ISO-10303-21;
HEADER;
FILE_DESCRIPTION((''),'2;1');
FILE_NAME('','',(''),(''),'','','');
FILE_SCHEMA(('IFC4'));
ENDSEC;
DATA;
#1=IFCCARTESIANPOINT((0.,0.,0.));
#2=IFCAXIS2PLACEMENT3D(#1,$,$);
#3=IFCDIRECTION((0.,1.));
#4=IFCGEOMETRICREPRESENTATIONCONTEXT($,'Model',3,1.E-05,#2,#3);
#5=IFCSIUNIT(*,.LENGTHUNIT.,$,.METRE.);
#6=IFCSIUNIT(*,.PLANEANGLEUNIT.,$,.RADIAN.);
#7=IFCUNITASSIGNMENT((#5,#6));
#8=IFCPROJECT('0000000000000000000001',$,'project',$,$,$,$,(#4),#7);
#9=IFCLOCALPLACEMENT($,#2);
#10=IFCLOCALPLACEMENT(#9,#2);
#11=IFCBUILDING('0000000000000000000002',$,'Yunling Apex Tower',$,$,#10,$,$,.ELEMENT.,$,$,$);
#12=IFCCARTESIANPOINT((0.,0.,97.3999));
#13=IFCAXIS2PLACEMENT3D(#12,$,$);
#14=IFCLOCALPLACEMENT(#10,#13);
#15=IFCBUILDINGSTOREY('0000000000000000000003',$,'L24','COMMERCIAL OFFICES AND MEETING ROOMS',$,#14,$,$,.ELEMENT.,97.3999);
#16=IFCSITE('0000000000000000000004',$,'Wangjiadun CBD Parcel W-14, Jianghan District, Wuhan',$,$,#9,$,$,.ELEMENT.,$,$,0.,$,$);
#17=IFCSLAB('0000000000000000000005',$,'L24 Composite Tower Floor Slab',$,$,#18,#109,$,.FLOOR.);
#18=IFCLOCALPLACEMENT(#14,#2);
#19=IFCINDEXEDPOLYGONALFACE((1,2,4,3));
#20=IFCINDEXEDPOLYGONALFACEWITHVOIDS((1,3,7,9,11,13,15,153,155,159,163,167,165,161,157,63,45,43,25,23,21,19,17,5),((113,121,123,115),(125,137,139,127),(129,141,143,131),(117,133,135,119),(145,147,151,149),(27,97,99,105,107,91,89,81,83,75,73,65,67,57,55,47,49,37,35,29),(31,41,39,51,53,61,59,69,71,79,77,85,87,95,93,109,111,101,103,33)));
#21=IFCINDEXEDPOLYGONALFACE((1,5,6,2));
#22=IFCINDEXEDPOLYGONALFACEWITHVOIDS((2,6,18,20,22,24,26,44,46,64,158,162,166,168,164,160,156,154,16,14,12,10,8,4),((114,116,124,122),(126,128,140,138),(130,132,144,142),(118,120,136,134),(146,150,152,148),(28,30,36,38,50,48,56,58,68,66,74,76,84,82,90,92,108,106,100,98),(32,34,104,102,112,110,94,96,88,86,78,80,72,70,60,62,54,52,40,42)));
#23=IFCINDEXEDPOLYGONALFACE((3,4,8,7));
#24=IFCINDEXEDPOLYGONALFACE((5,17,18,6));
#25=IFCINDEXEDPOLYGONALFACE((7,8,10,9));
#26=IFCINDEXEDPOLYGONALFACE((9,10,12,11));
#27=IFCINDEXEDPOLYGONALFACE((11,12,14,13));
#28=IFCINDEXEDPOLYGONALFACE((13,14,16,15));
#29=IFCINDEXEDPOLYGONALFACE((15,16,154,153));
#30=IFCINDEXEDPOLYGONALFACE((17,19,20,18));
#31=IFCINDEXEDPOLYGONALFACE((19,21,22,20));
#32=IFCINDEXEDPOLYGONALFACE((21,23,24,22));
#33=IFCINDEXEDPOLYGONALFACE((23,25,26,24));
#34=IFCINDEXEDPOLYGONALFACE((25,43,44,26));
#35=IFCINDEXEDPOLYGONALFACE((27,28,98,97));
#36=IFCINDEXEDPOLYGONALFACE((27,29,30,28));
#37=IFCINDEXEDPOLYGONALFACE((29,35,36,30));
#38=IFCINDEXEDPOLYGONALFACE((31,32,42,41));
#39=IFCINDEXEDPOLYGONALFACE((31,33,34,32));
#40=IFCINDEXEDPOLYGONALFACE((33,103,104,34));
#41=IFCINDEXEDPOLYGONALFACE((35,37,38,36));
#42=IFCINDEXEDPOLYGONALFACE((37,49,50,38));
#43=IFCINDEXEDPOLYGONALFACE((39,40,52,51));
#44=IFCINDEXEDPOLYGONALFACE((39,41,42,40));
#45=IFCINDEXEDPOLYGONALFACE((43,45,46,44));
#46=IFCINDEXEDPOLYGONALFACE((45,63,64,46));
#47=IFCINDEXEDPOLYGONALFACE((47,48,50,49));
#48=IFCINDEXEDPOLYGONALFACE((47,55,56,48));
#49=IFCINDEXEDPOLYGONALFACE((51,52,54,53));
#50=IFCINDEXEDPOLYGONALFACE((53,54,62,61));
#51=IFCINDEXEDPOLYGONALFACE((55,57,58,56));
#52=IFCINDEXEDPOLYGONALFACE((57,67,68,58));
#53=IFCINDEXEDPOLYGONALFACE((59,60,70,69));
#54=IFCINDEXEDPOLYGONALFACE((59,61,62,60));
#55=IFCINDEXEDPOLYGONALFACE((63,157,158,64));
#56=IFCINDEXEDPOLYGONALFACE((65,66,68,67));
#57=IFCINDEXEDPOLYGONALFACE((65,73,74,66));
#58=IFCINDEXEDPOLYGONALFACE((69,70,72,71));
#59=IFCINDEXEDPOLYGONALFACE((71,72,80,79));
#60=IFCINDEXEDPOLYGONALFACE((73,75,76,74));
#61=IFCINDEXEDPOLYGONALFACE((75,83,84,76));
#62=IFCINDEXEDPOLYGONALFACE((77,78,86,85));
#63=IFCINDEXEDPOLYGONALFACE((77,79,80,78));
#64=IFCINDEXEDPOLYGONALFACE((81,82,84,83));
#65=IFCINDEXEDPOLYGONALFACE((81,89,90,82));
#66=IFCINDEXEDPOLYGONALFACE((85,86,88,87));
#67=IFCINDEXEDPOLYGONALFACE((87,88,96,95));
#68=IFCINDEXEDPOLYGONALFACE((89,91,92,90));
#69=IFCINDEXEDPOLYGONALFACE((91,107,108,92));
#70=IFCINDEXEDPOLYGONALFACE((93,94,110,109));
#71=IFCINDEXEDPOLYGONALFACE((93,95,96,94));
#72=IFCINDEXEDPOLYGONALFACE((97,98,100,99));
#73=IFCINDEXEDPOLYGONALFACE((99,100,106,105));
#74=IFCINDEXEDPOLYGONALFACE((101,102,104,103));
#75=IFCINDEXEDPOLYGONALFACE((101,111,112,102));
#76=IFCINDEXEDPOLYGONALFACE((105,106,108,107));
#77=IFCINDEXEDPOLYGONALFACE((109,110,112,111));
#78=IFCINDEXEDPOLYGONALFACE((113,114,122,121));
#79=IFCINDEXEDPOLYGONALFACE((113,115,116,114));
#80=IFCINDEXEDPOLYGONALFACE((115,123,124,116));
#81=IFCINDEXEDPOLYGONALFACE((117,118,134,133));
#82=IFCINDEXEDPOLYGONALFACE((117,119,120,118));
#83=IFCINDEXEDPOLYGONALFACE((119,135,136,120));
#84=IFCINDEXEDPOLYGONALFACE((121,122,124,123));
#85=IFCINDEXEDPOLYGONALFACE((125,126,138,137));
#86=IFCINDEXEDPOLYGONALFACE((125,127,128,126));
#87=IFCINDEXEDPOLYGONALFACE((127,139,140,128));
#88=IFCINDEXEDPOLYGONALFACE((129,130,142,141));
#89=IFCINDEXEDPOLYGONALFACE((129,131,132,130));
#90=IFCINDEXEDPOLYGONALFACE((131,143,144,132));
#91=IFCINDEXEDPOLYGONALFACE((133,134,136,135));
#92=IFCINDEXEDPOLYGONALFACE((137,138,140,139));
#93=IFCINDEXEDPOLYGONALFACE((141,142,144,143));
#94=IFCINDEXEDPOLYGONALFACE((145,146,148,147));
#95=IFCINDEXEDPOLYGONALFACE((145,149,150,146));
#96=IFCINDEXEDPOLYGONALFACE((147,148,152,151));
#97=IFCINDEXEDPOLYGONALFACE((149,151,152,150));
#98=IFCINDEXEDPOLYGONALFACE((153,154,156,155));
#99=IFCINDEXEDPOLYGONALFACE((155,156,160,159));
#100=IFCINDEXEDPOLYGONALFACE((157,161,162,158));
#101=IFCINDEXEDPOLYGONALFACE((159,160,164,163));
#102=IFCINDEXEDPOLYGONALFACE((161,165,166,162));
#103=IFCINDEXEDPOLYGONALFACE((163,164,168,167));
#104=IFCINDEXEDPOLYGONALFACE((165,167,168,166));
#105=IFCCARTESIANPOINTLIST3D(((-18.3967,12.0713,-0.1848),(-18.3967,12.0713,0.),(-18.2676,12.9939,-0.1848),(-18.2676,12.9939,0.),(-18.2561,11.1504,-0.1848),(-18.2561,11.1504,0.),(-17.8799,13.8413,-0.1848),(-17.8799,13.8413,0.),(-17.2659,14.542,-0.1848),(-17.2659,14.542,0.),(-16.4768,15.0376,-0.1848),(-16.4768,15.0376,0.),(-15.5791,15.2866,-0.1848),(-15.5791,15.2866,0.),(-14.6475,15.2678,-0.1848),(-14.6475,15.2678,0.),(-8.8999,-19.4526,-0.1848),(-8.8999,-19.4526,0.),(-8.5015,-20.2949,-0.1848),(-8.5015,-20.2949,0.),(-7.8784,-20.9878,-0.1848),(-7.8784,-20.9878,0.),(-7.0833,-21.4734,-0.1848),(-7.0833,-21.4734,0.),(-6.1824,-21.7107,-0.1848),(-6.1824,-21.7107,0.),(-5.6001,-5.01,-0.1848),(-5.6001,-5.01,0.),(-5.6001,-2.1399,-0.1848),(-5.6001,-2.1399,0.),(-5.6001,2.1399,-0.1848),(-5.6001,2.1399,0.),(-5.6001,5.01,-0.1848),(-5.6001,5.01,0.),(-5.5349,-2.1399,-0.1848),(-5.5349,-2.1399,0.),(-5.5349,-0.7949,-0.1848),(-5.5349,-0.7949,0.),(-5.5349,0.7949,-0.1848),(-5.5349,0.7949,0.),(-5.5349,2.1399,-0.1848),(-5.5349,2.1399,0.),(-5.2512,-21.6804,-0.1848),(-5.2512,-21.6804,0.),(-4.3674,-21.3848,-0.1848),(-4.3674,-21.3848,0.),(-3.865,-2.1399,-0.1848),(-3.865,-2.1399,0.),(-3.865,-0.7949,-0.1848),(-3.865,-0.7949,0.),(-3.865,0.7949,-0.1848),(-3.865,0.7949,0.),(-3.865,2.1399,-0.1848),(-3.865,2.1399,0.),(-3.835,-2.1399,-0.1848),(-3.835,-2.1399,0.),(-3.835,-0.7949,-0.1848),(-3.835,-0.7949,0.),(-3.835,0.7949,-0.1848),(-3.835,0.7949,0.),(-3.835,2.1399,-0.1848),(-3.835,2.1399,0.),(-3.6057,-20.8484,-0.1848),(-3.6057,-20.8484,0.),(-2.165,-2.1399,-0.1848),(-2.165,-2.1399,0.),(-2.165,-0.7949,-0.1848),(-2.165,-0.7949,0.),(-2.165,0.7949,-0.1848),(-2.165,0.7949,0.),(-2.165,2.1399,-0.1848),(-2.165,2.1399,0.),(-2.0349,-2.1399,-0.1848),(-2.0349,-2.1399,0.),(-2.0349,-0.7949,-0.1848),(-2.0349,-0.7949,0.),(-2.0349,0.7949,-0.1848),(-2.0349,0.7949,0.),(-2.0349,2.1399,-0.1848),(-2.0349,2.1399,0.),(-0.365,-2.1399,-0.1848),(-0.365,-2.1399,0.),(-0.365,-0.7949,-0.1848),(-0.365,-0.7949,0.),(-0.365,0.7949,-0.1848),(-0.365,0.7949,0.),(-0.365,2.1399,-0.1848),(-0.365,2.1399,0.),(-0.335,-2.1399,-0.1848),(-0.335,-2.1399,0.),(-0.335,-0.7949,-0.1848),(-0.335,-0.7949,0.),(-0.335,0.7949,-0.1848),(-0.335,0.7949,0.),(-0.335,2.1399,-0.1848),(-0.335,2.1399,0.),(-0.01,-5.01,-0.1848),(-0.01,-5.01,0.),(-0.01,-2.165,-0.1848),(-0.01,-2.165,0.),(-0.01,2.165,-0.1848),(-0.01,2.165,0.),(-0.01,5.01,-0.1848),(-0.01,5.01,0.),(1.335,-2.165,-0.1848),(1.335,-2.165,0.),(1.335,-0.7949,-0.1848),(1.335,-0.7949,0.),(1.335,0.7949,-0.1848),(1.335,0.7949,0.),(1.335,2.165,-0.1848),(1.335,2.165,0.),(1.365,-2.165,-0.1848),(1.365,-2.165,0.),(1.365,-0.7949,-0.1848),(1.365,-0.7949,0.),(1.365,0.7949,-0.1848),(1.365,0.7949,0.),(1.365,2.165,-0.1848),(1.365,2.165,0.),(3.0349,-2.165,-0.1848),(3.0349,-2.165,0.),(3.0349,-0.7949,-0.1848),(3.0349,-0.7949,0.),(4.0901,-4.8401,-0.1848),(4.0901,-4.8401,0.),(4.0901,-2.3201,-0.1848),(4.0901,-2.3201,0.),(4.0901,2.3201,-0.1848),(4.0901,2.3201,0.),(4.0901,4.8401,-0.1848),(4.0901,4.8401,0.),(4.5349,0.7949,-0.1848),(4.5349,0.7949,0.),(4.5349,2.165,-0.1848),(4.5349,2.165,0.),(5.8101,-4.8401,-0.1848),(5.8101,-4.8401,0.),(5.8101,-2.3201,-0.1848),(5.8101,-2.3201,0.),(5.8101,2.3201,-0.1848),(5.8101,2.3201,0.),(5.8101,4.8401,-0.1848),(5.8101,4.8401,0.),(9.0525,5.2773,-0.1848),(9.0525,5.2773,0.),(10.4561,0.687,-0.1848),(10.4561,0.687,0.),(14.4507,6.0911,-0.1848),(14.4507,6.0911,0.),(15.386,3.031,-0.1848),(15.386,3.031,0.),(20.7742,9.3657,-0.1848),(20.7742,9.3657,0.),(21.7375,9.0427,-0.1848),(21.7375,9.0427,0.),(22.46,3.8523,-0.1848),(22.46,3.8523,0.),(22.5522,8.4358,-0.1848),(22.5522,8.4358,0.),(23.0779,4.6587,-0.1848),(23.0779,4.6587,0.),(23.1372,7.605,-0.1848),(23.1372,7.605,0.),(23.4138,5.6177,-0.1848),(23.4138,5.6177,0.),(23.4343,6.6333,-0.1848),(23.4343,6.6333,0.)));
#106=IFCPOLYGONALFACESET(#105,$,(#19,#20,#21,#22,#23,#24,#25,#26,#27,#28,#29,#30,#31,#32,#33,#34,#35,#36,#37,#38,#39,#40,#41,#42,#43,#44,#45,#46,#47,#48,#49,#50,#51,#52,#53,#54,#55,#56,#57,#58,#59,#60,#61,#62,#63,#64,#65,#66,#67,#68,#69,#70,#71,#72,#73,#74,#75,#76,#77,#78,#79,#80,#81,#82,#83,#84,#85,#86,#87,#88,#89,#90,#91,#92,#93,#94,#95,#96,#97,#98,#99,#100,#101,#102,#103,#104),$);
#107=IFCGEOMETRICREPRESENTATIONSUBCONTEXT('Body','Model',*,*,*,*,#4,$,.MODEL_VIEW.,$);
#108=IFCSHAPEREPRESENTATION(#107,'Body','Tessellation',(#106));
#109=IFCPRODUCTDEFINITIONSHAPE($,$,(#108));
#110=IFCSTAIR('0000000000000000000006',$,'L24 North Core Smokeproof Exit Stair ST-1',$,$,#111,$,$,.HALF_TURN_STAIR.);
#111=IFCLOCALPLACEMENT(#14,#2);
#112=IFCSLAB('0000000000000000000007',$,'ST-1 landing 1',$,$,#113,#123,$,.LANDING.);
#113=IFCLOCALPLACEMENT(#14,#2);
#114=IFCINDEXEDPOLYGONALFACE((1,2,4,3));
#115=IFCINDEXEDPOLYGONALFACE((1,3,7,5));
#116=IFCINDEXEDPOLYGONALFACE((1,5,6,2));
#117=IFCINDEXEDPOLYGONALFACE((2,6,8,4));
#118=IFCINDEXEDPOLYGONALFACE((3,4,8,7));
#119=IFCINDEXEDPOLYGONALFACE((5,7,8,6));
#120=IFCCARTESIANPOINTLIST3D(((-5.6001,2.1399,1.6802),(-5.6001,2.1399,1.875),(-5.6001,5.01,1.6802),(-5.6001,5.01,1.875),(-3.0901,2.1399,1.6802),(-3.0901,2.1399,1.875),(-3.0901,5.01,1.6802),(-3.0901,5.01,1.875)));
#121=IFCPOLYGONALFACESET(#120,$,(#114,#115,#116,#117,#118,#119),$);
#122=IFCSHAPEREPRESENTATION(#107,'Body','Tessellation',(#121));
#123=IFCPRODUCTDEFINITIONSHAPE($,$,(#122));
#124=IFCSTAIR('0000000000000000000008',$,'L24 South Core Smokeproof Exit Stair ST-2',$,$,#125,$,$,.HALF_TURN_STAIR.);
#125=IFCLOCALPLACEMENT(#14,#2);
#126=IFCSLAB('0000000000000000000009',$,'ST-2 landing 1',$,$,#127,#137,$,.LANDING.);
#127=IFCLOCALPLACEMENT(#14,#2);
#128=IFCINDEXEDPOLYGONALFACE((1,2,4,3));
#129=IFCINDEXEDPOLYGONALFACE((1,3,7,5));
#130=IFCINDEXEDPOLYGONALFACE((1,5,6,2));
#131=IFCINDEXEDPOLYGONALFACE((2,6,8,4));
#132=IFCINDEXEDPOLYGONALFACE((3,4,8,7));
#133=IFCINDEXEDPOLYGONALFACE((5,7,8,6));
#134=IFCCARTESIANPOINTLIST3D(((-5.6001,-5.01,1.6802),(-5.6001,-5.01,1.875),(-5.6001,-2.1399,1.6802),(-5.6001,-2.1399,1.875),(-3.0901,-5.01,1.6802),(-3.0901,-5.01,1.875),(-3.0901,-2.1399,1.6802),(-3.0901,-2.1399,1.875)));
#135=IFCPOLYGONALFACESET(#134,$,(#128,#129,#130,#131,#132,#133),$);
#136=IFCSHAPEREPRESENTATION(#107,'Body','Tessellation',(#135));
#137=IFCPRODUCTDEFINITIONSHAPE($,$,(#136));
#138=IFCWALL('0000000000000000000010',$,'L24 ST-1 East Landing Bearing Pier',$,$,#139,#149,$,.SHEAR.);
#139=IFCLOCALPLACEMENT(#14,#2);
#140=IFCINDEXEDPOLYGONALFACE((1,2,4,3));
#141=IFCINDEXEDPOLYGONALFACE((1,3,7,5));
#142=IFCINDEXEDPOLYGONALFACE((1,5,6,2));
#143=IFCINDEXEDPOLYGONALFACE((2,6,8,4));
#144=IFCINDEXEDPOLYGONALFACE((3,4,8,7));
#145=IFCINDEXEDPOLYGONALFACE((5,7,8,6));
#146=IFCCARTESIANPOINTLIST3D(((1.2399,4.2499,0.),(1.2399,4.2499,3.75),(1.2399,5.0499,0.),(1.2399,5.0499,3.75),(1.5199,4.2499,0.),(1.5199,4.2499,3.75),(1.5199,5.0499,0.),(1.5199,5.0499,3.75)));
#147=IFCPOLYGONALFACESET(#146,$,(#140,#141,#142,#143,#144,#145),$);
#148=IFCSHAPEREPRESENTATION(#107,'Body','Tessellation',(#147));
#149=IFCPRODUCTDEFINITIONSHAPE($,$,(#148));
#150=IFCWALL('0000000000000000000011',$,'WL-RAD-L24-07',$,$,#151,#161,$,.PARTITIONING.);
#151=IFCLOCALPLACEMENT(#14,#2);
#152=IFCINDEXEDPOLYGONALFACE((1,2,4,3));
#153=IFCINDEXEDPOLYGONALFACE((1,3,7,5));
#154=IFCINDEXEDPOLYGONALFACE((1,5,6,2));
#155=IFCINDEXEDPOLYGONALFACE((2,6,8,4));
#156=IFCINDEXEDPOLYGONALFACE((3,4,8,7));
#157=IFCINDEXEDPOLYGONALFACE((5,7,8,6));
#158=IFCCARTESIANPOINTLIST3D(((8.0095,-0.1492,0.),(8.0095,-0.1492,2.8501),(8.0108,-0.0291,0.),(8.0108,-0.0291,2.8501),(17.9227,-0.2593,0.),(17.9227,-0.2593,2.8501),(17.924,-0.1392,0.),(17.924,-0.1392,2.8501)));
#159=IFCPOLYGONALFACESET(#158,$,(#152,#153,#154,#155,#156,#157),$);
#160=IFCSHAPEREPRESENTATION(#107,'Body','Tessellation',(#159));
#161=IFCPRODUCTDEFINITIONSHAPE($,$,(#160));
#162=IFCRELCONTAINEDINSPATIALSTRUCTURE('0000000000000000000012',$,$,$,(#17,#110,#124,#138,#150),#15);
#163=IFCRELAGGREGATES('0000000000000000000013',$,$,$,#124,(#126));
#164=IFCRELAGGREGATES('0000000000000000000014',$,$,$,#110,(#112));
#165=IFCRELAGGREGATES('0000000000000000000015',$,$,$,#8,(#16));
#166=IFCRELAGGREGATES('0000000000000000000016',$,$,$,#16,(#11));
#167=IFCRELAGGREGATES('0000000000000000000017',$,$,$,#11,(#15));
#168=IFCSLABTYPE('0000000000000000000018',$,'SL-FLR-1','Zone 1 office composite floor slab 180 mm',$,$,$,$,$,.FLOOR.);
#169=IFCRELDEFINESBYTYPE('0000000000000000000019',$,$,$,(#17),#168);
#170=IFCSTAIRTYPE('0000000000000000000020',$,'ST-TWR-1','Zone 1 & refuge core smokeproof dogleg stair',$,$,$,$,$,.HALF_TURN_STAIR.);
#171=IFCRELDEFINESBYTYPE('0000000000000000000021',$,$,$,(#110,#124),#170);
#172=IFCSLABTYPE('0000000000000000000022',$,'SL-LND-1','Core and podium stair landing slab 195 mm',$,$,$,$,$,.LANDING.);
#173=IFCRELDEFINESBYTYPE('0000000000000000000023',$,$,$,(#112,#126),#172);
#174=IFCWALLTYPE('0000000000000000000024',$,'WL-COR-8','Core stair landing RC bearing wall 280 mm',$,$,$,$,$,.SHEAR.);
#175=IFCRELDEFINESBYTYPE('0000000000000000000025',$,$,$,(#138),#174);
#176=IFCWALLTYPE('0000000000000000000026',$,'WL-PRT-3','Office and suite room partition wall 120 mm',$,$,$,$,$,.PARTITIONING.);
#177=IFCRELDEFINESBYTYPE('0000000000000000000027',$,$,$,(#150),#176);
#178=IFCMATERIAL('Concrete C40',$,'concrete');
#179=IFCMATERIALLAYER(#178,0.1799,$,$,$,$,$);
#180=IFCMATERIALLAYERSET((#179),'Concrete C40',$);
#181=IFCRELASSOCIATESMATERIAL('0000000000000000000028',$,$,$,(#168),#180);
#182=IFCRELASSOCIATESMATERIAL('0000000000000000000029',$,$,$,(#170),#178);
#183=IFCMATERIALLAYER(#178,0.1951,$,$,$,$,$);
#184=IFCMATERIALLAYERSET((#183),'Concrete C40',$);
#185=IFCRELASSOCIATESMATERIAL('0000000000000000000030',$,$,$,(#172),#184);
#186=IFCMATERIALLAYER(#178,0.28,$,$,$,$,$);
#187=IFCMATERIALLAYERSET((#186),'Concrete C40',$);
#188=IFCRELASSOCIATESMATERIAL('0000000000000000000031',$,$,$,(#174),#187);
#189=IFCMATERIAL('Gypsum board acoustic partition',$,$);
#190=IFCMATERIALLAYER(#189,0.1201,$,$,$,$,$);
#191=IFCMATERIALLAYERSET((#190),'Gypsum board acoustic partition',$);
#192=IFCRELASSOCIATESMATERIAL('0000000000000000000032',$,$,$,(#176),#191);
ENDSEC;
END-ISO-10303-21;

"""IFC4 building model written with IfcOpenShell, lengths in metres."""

from ifc_helpers import new_model, si_unit, direction, frame, frame_2d, origin, place, context, subcontext, project, spatial, polyline, rectangle, outline, extrude, material, layer, layer_set, type_object, element, aggregate, save


model = new_model("IFC4")

# Units and contexts
model_context = context("Model", 3, precision=1e-05, world=origin(), true_north=direction((0.0, 1.0)))
body_context = subcontext(model_context, "Body", "Model", "MODEL_VIEW")
ifc_project = project(units=[si_unit("LENGTHUNIT", "METRE"), si_unit("PLANEANGLEUNIT", "RADIAN")], contexts=[model_context])

# Site, building, storey
site_placement = place(None, origin())
site = spatial("IfcSite", under=ifc_project, at=site_placement, Name="Wangjiadun CBD Parcel W-14, Jianghan District, Wuhan", CompositionType="ELEMENT", RefElevation=0.0)
building_placement = place(site_placement, origin())
building = spatial("IfcBuilding", under=site, at=building_placement, Name="Yunling Apex Tower", CompositionType="ELEMENT")
storey_placement = place(building_placement, frame((0.0, 0.0, 97.3999)))
storey = spatial("IfcBuildingStorey", under=building, at=storey_placement, Name="L24", Description="COMMERCIAL OFFICES AND MEETING ROOMS", CompositionType="ELEMENT", Elevation=97.3999)

# Slab
ifc_material_1 = material(Name="Concrete C40", Category="concrete")
ifc_layer_1 = layer(ifc_material_1, 0.1799)
ifc_layer_set_1 = layer_set([ifc_layer_1], Name="Concrete C40")
slab_type_1 = type_object("IfcSlabType", Name="SL-FLR-1", Description="Zone 1 office composite floor slab 180 mm", PredefinedType="FLOOR", material=ifc_layer_set_1)
slab_1_placement = place(storey_placement, frame((0.0, 0.0, -0.1848)))
element("IfcSlab", 1, at=slab_1_placement, inside=storey, type_object=slab_type_1, Name="L24 Composite Tower Floor Slab", PredefinedType="FLOOR", context=body_context, shape_type="SweptSolid", body=[
    extrude(outline(polyline([(-8.8999, -19.4526), (-8.5015, -20.2949), (-7.8784, -20.9878), (-7.0833, -21.4734), (-6.1824, -21.7107), (-5.2512, -21.6804), (-4.3674, -21.3848), (-3.6057, -20.8484), (22.46, 3.8523), (23.0779, 4.6587), (23.4138, 5.6177), (23.4343, 6.6333), (23.1372, 7.605), (22.5522, 8.4358), (21.7375, 9.0427), (20.7742, 9.3657), (-14.6475, 15.2678), (-15.5791, 15.2866), (-16.4768, 15.0376), (-17.2659, 14.542), (-17.8799, 13.8413), (-18.2676, 12.9939), (-18.3967, 12.0713), (-18.2561, 11.1504), (-8.8999, -19.4526)]), holes=[polyline([(14.4507, 6.0911), (15.386, 3.031), (10.4561, 0.687), (9.0525, 5.2773), (14.4507, 6.0911)]), polyline([(5.8101, -2.3201), (5.8101, -4.8401), (4.0901, -4.8401), (4.0901, -2.3201), (5.8101, -2.3201)]), polyline([(5.8101, 4.8401), (5.8101, 2.3201), (4.0901, 2.3201), (4.0901, 4.8401), (5.8101, 4.8401)]), polyline([(4.5349, 0.7949), (1.365, 0.7949), (1.365, 2.165), (4.5349, 2.165), (4.5349, 0.7949)]), polyline([(3.0349, -0.7949), (3.0349, -2.165), (1.365, -2.165), (1.365, -0.7949), (3.0349, -0.7949)]), polyline([(-3.865, -0.7949), (-3.865, -2.1399), (-3.835, -2.1399), (-3.835, -0.7949), (-2.165, -0.7949), (-2.165, -2.1399), (-2.0349, -2.1399), (-2.0349, -0.7949), (-0.365, -0.7949), (-0.365, -2.1399), (-0.335, -2.1399), (-0.335, -0.7949), (1.335, -0.7949), (1.335, -2.165), (-0.01, -2.165), (-0.01, -5.01), (-5.6001, -5.01), (-5.6001, -2.1399), (-5.5349, -2.1399), (-5.5349, -0.7949), (-3.865, -0.7949)]), polyline([(-5.6001, 2.1399), (-5.6001, 5.01), (-0.01, 5.01), (-0.01, 2.165), (1.335, 2.165), (1.335, 0.7949), (-0.335, 0.7949), (-0.335, 2.1399), (-0.365, 2.1399), (-0.365, 0.7949), (-2.0349, 0.7949), (-2.0349, 2.1399), (-2.165, 2.1399), (-2.165, 0.7949), (-3.835, 0.7949), (-3.835, 2.1399), (-3.865, 2.1399), (-3.865, 0.7949), (-5.5349, 0.7949), (-5.5349, 2.1399), (-5.6001, 2.1399)])]), origin(), (0.0, 0.0, 1.0), 0.1848),
])

# Stairs, slabs
stair_type = type_object("IfcStairType", Name="ST-TWR-1", Description="Zone 1 & refuge core smokeproof dogleg stair", PredefinedType="HALF_TURN_STAIR", material=ifc_material_1)
stair_1_placement = place(storey_placement, origin())
stair_1 = element("IfcStair", 2, at=stair_1_placement, inside=storey, type_object=stair_type, Name="L24 North Core Smokeproof Exit Stair ST-1", PredefinedType="HALF_TURN_STAIR")
ifc_layer_2 = layer(ifc_material_1, 0.1951)
ifc_layer_set_2 = layer_set([ifc_layer_2], Name="Concrete C40")
slab_type_2 = type_object("IfcSlabType", Name="SL-LND-1", Description="Core and podium stair landing slab 195 mm", PredefinedType="LANDING", material=ifc_layer_set_2)
slab_2_placement = place(storey_placement, frame((0.0, 0.0, 1.6802)))
slab_2 = element("IfcSlab", 3, at=slab_2_placement, type_object=slab_type_2, Name="ST-1 landing 1", PredefinedType="LANDING", context=body_context, shape_type="SweptSolid", body=[
    extrude(outline(polyline([(-3.0901, 5.01), (-5.6001, 5.01), (-5.6001, 2.1399), (-3.0901, 2.1399), (-3.0901, 5.01)])), origin(), (0.0, 0.0, 1.0), 0.1948),
])
stair_2_placement = place(storey_placement, origin())
stair_2 = element("IfcStair", 4, at=stair_2_placement, inside=storey, type_object=stair_type, Name="L24 South Core Smokeproof Exit Stair ST-2", PredefinedType="HALF_TURN_STAIR")
slab_3_placement = place(storey_placement, frame((0.0, 0.0, 1.6802)))
slab_3 = element("IfcSlab", 5, at=slab_3_placement, type_object=slab_type_2, Name="ST-2 landing 1", PredefinedType="LANDING", context=body_context, shape_type="SweptSolid", body=[
    extrude(outline(polyline([(-3.0901, -2.1399), (-5.6001, -2.1399), (-5.6001, -5.01), (-3.0901, -5.01), (-3.0901, -2.1399)])), origin(), (0.0, 0.0, 1.0), 0.1948),
])
aggregate(stair_2, [slab_3])

# Walls
ifc_layer_3 = layer(ifc_material_1, 0.28)
ifc_layer_set_3 = layer_set([ifc_layer_3], Name="Concrete C40")
wall_type_1 = type_object("IfcWallType", Name="WL-COR-8", Description="Core stair landing RC bearing wall 280 mm", PredefinedType="SHEAR", material=ifc_layer_set_3)
wall_1_placement = place(storey_placement, frame((1.3799, 4.25, 0.0), z_axis=(0.0, 0.0, 1.0), x_axis=(0.0, 1.0, 0.0)))
element("IfcWall", 6, at=wall_1_placement, inside=storey, type_object=wall_type_1, Name="L24 ST-1 East Landing Bearing Pier", PredefinedType="SHEAR", context=body_context, shape_type="SweptSolid", body=[
    extrude(rectangle(XDim=0.8, YDim=0.28, at=frame_2d((0.3999, 0.0))), origin(), (0.0, 0.0, 1.0), 3.75),
])
ifc_material_2 = material(Name="Gypsum board acoustic partition")
ifc_layer_4 = layer(ifc_material_2, 0.1201)
ifc_layer_set_4 = layer_set([ifc_layer_4], Name="Gypsum board acoustic partition")
wall_type_2 = type_object("IfcWallType", Name="WL-PRT-3", Description="Office and suite room partition wall 120 mm", PredefinedType="PARTITIONING", material=ifc_layer_set_4)
wall_2_placement = place(storey_placement, frame((8.01, -0.0891, 0.0), z_axis=(0.0, 0.0, 1.0), x_axis=(0.999938, -0.011107, 0.0)))
element("IfcWall", 7, at=wall_2_placement, inside=storey, type_object=wall_type_2, Name="WL-RAD-L24-07", PredefinedType="PARTITIONING", context=body_context, shape_type="SweptSolid", body=[
    extrude(rectangle(XDim=9.9138, YDim=0.1201, at=frame_2d((4.957, 0.0))), origin(), (0.0, 0.0, 1.0), 2.8501),
])

aggregate(stair_1, [slab_2])

save(model, "model.ifc")
